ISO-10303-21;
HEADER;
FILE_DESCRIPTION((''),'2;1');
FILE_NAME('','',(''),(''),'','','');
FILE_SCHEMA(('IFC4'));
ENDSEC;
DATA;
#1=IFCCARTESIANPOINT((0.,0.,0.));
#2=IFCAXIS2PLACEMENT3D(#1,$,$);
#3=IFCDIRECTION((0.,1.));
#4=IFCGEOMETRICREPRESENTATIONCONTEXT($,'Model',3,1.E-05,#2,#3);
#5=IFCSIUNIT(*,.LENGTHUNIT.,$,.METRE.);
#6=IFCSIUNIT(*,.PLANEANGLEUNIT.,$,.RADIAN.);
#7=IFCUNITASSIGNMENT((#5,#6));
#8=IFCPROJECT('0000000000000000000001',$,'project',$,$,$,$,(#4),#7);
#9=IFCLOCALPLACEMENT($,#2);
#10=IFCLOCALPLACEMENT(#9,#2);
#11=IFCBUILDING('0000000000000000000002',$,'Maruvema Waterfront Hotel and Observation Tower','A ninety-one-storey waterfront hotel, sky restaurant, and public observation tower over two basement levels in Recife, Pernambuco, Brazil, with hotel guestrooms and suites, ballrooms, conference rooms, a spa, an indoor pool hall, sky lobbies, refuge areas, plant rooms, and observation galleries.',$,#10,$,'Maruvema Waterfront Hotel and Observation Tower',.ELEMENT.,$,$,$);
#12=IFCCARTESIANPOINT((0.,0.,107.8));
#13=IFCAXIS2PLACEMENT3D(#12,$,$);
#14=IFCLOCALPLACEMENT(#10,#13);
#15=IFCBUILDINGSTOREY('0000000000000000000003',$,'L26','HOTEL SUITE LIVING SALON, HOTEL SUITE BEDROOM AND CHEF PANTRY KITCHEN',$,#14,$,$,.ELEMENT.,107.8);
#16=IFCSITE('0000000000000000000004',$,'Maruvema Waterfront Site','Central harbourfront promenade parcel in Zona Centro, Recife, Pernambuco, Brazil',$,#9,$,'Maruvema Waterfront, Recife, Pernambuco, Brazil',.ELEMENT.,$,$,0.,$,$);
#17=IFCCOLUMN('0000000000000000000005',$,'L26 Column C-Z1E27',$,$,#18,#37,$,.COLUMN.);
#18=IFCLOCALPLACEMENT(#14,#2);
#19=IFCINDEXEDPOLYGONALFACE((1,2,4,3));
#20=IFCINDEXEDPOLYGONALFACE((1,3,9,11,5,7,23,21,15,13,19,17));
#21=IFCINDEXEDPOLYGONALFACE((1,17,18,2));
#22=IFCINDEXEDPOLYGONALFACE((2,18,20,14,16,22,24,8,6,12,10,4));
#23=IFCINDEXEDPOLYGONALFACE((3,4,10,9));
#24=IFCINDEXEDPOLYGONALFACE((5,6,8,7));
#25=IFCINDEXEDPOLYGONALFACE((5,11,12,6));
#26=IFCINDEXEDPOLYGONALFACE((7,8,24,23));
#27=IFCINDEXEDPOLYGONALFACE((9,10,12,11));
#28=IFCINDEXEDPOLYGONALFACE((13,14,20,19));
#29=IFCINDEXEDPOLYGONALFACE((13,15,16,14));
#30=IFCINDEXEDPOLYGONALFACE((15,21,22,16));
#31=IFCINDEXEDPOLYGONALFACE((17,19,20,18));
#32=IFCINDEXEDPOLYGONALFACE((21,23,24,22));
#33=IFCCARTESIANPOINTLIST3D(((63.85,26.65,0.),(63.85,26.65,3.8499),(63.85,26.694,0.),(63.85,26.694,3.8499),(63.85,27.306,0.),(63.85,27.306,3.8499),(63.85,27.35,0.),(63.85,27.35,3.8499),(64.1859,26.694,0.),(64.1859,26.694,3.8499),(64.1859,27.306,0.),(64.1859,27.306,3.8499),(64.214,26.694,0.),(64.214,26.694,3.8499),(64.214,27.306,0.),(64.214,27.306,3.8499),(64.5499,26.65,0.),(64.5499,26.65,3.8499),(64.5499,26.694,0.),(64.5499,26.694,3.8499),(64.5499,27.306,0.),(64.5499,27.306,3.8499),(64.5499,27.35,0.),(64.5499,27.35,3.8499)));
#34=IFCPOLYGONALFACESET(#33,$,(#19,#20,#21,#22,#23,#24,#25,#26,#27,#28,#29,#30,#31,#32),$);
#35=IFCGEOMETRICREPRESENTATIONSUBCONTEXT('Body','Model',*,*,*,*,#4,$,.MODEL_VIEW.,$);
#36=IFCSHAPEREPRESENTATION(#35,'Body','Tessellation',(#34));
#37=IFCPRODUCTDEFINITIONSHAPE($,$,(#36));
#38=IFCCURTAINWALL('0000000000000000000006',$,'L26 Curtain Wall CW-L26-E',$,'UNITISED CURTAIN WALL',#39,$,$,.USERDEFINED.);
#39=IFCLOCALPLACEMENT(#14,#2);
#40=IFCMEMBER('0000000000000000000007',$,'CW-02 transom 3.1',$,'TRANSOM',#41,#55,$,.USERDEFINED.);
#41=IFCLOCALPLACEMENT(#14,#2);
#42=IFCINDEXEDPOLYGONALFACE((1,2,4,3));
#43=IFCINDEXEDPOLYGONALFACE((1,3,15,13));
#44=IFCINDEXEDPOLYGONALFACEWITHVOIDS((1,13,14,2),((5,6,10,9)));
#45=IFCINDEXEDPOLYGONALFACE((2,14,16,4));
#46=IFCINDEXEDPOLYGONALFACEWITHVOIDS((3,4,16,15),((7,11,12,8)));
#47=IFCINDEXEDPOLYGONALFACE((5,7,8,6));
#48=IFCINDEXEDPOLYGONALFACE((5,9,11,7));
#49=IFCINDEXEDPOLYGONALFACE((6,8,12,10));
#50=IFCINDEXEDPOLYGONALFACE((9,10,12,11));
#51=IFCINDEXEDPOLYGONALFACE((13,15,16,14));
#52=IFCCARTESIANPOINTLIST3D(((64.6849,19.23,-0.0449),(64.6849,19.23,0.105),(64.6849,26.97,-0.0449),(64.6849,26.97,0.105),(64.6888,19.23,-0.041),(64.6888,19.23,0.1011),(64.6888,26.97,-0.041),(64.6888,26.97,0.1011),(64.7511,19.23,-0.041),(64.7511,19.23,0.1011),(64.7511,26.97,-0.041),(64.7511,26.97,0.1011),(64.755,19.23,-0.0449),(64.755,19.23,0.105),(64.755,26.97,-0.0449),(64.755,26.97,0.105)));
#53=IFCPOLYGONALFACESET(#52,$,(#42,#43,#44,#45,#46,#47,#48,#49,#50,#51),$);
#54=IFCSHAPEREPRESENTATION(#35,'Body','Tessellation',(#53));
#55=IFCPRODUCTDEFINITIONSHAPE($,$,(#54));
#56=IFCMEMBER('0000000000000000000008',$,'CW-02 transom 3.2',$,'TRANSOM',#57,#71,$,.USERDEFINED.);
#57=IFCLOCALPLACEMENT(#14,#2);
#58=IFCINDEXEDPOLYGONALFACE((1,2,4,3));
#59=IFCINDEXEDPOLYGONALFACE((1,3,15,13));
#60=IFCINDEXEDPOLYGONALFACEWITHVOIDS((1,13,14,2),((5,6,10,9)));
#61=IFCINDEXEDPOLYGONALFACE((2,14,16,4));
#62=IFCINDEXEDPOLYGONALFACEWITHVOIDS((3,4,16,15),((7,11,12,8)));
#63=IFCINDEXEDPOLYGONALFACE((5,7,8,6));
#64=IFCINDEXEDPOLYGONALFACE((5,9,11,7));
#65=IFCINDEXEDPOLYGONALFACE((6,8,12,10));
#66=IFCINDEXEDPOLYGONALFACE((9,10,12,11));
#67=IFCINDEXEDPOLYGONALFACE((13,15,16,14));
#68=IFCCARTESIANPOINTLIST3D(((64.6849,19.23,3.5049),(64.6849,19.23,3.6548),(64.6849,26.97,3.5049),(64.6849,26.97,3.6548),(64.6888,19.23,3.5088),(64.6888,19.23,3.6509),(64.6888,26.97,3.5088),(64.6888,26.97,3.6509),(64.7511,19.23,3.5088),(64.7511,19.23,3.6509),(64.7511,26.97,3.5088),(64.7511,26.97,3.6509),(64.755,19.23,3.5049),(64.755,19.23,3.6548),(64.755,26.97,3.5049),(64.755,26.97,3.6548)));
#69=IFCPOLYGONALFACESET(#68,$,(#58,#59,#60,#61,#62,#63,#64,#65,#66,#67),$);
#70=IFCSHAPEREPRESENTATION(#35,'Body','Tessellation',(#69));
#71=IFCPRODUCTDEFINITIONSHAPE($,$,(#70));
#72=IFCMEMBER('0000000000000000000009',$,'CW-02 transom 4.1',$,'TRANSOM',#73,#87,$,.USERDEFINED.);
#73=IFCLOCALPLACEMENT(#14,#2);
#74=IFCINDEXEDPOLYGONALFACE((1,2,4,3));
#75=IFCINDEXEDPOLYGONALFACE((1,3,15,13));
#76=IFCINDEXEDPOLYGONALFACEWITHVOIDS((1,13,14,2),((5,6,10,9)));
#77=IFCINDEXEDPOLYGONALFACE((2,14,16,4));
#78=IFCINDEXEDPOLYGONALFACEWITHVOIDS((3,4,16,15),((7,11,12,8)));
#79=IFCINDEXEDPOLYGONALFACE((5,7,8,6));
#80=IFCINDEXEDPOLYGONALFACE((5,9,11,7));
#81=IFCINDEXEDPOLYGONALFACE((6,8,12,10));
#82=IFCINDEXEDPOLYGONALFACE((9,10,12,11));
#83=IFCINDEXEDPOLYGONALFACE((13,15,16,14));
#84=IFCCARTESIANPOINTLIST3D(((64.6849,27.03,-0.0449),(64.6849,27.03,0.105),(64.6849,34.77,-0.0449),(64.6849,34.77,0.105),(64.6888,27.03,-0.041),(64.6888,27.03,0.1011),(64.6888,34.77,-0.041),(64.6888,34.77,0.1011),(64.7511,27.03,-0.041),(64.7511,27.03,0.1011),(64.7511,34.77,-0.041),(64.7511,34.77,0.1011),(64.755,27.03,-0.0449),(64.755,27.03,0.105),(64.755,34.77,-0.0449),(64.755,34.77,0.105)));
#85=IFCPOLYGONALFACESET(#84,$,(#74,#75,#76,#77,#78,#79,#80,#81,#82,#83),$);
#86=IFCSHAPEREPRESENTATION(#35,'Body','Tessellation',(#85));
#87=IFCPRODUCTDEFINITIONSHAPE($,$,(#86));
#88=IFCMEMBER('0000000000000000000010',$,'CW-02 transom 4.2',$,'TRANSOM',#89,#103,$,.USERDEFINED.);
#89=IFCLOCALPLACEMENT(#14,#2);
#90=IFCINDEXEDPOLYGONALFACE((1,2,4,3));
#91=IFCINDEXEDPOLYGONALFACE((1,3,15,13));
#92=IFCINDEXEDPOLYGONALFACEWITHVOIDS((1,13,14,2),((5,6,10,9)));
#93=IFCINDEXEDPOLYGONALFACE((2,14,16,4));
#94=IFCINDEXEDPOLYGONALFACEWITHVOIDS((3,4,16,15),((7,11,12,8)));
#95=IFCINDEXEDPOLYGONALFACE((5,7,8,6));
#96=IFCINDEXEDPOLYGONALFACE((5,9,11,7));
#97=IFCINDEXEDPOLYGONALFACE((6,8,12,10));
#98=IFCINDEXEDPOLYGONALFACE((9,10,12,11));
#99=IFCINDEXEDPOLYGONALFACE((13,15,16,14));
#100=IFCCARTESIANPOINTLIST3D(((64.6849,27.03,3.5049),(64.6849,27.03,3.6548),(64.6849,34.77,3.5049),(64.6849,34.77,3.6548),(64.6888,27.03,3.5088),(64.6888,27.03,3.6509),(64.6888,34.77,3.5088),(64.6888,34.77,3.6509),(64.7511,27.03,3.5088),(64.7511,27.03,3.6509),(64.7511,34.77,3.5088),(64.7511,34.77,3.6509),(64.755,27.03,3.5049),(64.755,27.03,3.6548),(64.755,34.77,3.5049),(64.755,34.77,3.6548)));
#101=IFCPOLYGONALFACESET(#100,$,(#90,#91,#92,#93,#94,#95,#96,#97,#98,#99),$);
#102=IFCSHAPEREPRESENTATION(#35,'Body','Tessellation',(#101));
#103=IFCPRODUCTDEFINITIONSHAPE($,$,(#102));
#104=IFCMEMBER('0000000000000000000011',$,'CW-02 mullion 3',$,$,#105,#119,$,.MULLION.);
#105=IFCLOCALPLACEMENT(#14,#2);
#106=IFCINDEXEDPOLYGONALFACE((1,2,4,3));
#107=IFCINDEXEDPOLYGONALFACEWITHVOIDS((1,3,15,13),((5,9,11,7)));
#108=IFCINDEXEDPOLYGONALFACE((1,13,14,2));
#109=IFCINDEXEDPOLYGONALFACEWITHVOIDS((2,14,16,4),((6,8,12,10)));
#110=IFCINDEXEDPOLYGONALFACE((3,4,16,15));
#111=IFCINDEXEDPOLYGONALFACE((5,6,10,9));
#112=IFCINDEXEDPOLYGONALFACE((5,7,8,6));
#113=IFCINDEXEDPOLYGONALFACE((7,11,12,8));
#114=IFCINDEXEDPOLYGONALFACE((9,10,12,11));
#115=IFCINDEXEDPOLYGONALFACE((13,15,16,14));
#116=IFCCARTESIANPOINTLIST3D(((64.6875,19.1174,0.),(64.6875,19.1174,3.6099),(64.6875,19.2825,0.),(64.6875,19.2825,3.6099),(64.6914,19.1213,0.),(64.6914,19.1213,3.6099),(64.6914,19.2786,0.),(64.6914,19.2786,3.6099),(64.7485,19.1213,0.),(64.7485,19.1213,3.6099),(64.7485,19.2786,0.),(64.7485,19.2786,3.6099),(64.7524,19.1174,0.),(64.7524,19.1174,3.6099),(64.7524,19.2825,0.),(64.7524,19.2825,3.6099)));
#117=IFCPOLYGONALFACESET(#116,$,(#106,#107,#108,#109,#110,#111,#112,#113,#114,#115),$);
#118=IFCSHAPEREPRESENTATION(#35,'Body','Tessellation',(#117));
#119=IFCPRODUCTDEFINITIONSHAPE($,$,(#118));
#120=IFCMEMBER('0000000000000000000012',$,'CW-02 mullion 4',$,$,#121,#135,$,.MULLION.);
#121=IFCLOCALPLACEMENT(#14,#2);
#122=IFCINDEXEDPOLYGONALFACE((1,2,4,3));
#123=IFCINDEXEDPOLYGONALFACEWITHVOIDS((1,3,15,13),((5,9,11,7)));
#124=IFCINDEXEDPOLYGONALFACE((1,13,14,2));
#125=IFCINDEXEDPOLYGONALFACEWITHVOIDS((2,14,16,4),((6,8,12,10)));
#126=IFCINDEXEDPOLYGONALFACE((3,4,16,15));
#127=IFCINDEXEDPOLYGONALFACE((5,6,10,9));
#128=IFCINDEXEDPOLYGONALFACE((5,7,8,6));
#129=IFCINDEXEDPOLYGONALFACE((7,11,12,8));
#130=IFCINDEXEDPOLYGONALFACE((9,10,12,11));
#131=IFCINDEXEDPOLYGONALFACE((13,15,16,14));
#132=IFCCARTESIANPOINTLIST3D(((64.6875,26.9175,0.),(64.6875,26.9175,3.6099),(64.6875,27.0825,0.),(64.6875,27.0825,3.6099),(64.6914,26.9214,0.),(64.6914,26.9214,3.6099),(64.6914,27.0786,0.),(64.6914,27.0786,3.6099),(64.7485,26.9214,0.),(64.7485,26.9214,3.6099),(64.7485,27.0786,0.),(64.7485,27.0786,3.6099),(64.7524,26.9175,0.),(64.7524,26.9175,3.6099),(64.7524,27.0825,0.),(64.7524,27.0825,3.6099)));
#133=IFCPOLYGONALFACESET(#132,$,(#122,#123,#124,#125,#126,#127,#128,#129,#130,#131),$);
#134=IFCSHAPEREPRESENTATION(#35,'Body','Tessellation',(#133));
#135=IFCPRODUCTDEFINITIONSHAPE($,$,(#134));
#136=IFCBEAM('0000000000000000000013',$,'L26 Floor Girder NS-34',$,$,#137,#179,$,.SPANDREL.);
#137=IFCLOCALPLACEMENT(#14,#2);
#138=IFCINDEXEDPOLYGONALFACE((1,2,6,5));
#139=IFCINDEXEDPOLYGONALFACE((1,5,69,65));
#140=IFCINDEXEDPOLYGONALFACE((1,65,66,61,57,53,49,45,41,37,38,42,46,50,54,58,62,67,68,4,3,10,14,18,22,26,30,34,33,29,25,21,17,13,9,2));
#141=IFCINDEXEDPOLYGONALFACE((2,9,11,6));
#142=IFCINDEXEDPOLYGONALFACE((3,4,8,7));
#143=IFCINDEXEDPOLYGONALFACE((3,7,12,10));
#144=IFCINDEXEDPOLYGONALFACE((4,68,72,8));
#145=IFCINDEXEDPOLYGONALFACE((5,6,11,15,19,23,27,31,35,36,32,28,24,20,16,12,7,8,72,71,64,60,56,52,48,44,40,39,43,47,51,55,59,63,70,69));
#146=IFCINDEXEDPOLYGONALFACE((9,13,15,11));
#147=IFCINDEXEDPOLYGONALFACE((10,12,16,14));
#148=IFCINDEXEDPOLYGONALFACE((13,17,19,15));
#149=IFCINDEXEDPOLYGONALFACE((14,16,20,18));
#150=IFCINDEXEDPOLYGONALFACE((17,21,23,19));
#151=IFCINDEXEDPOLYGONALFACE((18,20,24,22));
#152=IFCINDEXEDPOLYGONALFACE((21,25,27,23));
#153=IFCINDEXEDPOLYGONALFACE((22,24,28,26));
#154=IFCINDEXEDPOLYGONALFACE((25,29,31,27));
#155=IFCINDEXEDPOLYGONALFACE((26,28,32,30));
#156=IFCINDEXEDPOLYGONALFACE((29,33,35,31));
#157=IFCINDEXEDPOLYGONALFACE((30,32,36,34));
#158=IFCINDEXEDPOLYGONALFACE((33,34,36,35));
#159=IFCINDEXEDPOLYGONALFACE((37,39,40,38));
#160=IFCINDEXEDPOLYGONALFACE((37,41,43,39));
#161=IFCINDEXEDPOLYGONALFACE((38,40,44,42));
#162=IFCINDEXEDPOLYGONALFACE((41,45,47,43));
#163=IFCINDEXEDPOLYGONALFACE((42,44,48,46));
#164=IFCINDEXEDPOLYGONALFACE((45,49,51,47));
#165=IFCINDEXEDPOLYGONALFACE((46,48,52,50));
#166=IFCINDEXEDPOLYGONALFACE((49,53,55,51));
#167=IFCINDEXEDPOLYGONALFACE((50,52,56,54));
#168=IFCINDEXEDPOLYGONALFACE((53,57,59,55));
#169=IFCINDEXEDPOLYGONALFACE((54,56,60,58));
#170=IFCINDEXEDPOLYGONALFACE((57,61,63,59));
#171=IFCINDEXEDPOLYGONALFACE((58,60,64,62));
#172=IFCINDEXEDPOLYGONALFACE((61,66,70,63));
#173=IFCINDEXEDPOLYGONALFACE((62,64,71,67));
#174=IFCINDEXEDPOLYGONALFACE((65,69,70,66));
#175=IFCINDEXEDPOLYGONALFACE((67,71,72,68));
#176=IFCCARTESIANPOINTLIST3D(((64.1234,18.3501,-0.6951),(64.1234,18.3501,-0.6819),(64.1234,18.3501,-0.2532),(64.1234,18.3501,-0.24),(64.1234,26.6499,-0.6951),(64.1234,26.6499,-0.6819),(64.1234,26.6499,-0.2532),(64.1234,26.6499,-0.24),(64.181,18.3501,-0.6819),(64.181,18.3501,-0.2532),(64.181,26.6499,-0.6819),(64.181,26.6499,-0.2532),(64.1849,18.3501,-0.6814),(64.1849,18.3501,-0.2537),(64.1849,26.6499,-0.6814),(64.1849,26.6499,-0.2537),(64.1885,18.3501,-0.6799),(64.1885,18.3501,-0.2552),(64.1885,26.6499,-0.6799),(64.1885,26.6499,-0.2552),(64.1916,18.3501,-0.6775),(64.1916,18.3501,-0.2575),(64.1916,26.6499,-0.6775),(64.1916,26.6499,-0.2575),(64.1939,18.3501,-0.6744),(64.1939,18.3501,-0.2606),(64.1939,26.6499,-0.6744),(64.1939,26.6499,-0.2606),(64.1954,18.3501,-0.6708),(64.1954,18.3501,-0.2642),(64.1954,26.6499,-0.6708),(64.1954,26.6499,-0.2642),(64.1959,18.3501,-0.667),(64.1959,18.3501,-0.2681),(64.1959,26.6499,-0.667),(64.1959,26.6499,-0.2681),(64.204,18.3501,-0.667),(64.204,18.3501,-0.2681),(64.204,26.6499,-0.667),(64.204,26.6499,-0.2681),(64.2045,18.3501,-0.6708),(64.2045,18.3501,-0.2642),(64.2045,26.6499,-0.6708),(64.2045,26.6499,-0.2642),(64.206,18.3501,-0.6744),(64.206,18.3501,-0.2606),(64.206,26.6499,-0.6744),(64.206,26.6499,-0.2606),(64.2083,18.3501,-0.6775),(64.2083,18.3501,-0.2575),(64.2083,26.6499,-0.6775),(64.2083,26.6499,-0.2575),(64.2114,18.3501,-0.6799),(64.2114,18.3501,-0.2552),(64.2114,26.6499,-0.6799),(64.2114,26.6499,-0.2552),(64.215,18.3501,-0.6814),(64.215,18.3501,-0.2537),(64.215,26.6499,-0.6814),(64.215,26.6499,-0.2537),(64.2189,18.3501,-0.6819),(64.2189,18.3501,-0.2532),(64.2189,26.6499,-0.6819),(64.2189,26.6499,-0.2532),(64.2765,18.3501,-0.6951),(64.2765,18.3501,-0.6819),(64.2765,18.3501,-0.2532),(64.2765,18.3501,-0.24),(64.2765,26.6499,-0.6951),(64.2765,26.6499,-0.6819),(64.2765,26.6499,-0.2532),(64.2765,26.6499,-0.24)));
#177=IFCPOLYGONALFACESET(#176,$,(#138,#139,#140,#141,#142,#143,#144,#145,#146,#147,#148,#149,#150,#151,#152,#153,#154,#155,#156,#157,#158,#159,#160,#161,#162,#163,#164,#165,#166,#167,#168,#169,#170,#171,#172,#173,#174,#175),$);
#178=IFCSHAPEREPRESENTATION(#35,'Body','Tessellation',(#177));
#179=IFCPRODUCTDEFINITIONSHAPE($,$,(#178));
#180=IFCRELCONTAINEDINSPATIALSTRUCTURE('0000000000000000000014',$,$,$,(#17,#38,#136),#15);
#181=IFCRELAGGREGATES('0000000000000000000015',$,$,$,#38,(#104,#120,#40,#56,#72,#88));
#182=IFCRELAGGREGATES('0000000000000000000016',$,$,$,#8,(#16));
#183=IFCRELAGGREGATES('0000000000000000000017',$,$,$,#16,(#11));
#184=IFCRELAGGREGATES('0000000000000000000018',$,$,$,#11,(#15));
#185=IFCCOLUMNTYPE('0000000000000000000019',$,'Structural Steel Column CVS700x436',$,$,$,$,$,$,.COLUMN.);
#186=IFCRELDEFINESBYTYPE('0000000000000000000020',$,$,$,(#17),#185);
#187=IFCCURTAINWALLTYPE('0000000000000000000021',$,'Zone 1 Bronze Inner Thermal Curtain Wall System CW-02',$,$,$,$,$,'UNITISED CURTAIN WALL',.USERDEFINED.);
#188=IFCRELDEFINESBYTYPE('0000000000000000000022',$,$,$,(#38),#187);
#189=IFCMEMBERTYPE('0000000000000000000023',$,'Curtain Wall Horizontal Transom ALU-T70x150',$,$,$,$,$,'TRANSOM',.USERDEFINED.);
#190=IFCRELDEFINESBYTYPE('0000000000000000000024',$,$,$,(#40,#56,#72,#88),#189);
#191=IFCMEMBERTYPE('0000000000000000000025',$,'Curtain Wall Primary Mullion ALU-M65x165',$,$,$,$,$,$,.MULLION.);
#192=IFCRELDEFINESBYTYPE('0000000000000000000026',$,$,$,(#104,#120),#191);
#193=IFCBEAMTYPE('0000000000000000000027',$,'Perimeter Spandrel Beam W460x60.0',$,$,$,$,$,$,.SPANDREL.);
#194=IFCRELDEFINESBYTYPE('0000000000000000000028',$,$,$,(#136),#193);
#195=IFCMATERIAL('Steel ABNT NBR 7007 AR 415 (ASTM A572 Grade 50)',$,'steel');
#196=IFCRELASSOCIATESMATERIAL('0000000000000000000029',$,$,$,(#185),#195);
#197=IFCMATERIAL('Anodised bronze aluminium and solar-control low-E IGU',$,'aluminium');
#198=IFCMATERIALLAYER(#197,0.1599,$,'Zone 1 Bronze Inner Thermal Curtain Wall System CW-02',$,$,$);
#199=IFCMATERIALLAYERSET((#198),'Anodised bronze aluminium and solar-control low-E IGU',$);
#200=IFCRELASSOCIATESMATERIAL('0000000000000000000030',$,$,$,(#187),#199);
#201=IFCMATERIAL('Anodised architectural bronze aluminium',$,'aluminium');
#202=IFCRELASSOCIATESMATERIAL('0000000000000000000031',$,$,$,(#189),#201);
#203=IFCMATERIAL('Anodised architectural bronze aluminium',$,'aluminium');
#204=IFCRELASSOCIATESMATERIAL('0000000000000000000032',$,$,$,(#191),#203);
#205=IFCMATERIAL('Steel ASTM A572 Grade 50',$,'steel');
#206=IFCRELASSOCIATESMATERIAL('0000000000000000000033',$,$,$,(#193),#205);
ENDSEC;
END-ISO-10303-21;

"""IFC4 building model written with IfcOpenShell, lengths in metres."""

from ifc_helpers import new_model, si_unit, direction, frame, origin, origin_2d, place, context, subcontext, project, spatial, hollow_rectangle, i_section, extrude, material, layer, layer_set, material_profile, profile_set, type_object, element, aggregate, save


model = new_model("IFC4")

# Units and contexts
model_context = context("Model", 3, precision=1e-05, world=origin(), true_north=direction((0.0, 1.0)))
body_context = subcontext(model_context, "Body", "Model", "MODEL_VIEW")
ifc_project = project(units=[si_unit("LENGTHUNIT", "METRE"), si_unit("PLANEANGLEUNIT", "RADIAN")], contexts=[model_context])

# Site, building, storey
site_placement = place(None, origin())
site = spatial("IfcSite", under=ifc_project, at=site_placement, Name="Maruvema Waterfront Site", Description="Central harbourfront promenade parcel in Zona Centro, Recife, Pernambuco, Brazil", LongName="Maruvema Waterfront, Recife, Pernambuco, Brazil", CompositionType="ELEMENT", RefElevation=0.0)
building_placement = place(site_placement, origin())
building = spatial("IfcBuilding", under=site, at=building_placement, Name="Maruvema Waterfront Hotel and Observation Tower", Description="A ninety-one-storey waterfront hotel, sky restaurant, and public observation tower over two basement levels in Recife, Pernambuco, Brazil, with hotel guestrooms and suites, ballrooms, conference rooms, a spa, an indoor pool hall, sky lobbies, refuge areas, plant rooms, and observation galleries.", LongName="Maruvema Waterfront Hotel and Observation Tower", CompositionType="ELEMENT")
storey_placement = place(building_placement, frame((0.0, 0.0, 107.8)))
storey = spatial("IfcBuildingStorey", under=building, at=storey_placement, Name="L26", Description="HOTEL SUITE LIVING SALON, HOTEL SUITE BEDROOM AND CHEF PANTRY KITCHEN", CompositionType="ELEMENT", Elevation=107.8)

# Column
ifc_material_1 = material(Name="Steel ABNT NBR 7007 AR 415 (ASTM A572 Grade 50)", Category="steel")
ifc_material_profile_1 = material_profile(ifc_material_1, i_section(OverallWidth=0.7, OverallDepth=0.7, WebThickness=0.0281, FlangeThickness=0.0439, at=origin_2d()), Name="CVS700x436")
ifc_profile_set_1 = profile_set([ifc_material_profile_1], Name="Steel ABNT NBR 7007 AR 415 (ASTM A572 Grade 50)")
column_type = type_object("IfcColumnType", Name="Structural Steel Column CVS700x436", PredefinedType="COLUMN", material=ifc_profile_set_1)
column_placement = place(storey_placement, frame((64.2, 27.0, 0.0), z_axis=(0.0, 0.0, 1.0), x_axis=(1.0, 0.0, 0.0)))
element("IfcColumn", 1, at=column_placement, inside=storey, type_object=column_type, Name="L26 Column C-Z1E27", PredefinedType="COLUMN", context=body_context, shape_type="SweptSolid", body=[
    extrude(i_section(OverallWidth=0.7, OverallDepth=0.7, WebThickness=0.0281, FlangeThickness=0.0439, at=origin_2d()), origin(), (0.0, 0.0, 1.0), 3.8499),
])

# Curtain wall, members
ifc_material_2 = material(Name="Anodised bronze aluminium and solar-control low-E IGU", Category="aluminium")
ifc_layer_1 = layer(ifc_material_2, 0.1599, Name="Zone 1 Bronze Inner Thermal Curtain Wall System CW-02")
ifc_layer_set_1 = layer_set([ifc_layer_1], Name="Anodised bronze aluminium and solar-control low-E IGU")
curtain_wall_type = type_object("IfcCurtainWallType", Name="Zone 1 Bronze Inner Thermal Curtain Wall System CW-02", ElementType="UNITISED CURTAIN WALL", PredefinedType="USERDEFINED", material=ifc_layer_set_1)
curtain_wall_placement = place(storey_placement, origin())
curtain_wall = element("IfcCurtainWall", 2, at=curtain_wall_placement, inside=storey, type_object=curtain_wall_type, Name="L26 Curtain Wall CW-L26-E", ObjectType="UNITISED CURTAIN WALL", PredefinedType="USERDEFINED")
ifc_material_3 = material(Name="Anodised architectural bronze aluminium", Category="aluminium")
ifc_material_profile_2 = material_profile(ifc_material_3, hollow_rectangle(XDim=0.0701, YDim=0.1499, WallThickness=0.0039, at=origin_2d()), Name="ALU-T70x150")
ifc_profile_set_2 = profile_set([ifc_material_profile_2], Name="Anodised architectural bronze aluminium")
member_type_1 = type_object("IfcMemberType", Name="Curtain Wall Horizontal Transom ALU-T70x150", ElementType="TRANSOM", PredefinedType="USERDEFINED", material=ifc_profile_set_2)
member_1_placement = place(storey_placement, frame((64.72, 19.23, 0.03), z_axis=(0.0, 1.0, 0.0), x_axis=(-1.0, 0.0, 0.0)))
member_1 = element("IfcMember", 3, at=member_1_placement, type_object=member_type_1, Name="CW-02 transom 3.1", ObjectType="TRANSOM", PredefinedType="USERDEFINED", context=body_context, shape_type="SweptSolid", body=[
    extrude(hollow_rectangle(XDim=0.0701, YDim=0.1499, WallThickness=0.0039, at=origin_2d()), origin(), (0.0, 0.0, 1.0), 7.74),
])
member_2_placement = place(storey_placement, frame((64.72, 19.23, 3.5798), z_axis=(0.0, 1.0, 0.0), x_axis=(-1.0, 0.0, 0.0)))
member_2 = element("IfcMember", 4, at=member_2_placement, type_object=member_type_1, Name="CW-02 transom 3.2", ObjectType="TRANSOM", PredefinedType="USERDEFINED", context=body_context, shape_type="SweptSolid", body=[
    extrude(hollow_rectangle(XDim=0.0701, YDim=0.1499, WallThickness=0.0039, at=origin_2d()), origin(), (0.0, 0.0, 1.0), 7.74),
])
member_3_placement = place(storey_placement, frame((64.72, 27.03, 0.03), z_axis=(0.0, 1.0, 0.0), x_axis=(-1.0, 0.0, 0.0)))
member_3 = element("IfcMember", 5, at=member_3_placement, type_object=member_type_1, Name="CW-02 transom 4.1", ObjectType="TRANSOM", PredefinedType="USERDEFINED", context=body_context, shape_type="SweptSolid", body=[
    extrude(hollow_rectangle(XDim=0.0701, YDim=0.1499, WallThickness=0.0039, at=origin_2d()), origin(), (0.0, 0.0, 1.0), 7.74),
])
member_4_placement = place(storey_placement, frame((64.72, 27.03, 3.5798), z_axis=(0.0, 1.0, 0.0), x_axis=(-1.0, 0.0, 0.0)))
member_4 = element("IfcMember", 6, at=member_4_placement, type_object=member_type_1, Name="CW-02 transom 4.2", ObjectType="TRANSOM", PredefinedType="USERDEFINED", context=body_context, shape_type="SweptSolid", body=[
    extrude(hollow_rectangle(XDim=0.0701, YDim=0.1499, WallThickness=0.0039, at=origin_2d()), origin(), (0.0, 0.0, 1.0), 7.74),
])
ifc_material_4 = material(Name="Anodised architectural bronze aluminium", Category="aluminium")
ifc_material_profile_3 = material_profile(ifc_material_4, hollow_rectangle(XDim=0.0649, YDim=0.165, WallThickness=0.0039, at=origin_2d()), Name="ALU-M65x165")
ifc_profile_set_3 = profile_set([ifc_material_profile_3], Name="Anodised architectural bronze aluminium")
member_type_2 = type_object("IfcMemberType", Name="Curtain Wall Primary Mullion ALU-M65x165", PredefinedType="MULLION", material=ifc_profile_set_3)
member_5_placement = place(storey_placement, frame((64.72, 19.2, 0.0), z_axis=(0.0, 0.0, 1.0), x_axis=(-1.0, 0.0, 0.0)))
member_5 = element("IfcMember", 7, at=member_5_placement, type_object=member_type_2, Name="CW-02 mullion 3", PredefinedType="MULLION", context=body_context, shape_type="SweptSolid", body=[
    extrude(hollow_rectangle(XDim=0.0649, YDim=0.165, WallThickness=0.0039, at=origin_2d()), origin(), (0.0, 0.0, 1.0), 3.6099),
])
member_6_placement = place(storey_placement, frame((64.72, 27.0, 0.0), z_axis=(0.0, 0.0, 1.0), x_axis=(-1.0, 0.0, 0.0)))
member_6 = element("IfcMember", 8, at=member_6_placement, type_object=member_type_2, Name="CW-02 mullion 4", PredefinedType="MULLION", context=body_context, shape_type="SweptSolid", body=[
    extrude(hollow_rectangle(XDim=0.0649, YDim=0.165, WallThickness=0.0039, at=origin_2d()), origin(), (0.0, 0.0, 1.0), 3.6099),
])

# Beam
ifc_material_5 = material(Name="Steel ASTM A572 Grade 50", Category="steel")
ifc_material_profile_4 = material_profile(ifc_material_5, i_section(OverallWidth=0.1531, OverallDepth=0.4551, WebThickness=0.0081, FlangeThickness=0.0132, FilletRadius=0.0149, at=origin_2d()), Name="W460x60.0")
ifc_profile_set_4 = profile_set([ifc_material_profile_4], Name="Steel ASTM A572 Grade 50")
beam_type_1 = type_object("IfcBeamType", Name="Perimeter Spandrel Beam W460x60.0", PredefinedType="SPANDREL", material=ifc_profile_set_4)
for number, where, z_axis, x_axis, name in (
    (9, (64.2, 18.3501, -0.4675), (0.0, 1.0, 0.0), (-1.0, 0.0, 0.0), "L26 Floor Girder NS-34"),
):
    element("IfcBeam", number, at=place(storey_placement, frame(where, z_axis=z_axis, x_axis=x_axis)), inside=storey, type_object=beam_type_1, Name=name, PredefinedType="SPANDREL", context=body_context, shape_type="SweptSolid", body=[
        extrude(i_section(OverallWidth=0.1531, OverallDepth=0.4551, WebThickness=0.0081, FlangeThickness=0.0132, FilletRadius=0.0149, at=origin_2d()), origin(), (0.0, 0.0, 1.0), 8.2998),
    ])

aggregate(curtain_wall, [member_5, member_6, member_1, member_2, member_3, member_4])

save(model, "model.ifc")
